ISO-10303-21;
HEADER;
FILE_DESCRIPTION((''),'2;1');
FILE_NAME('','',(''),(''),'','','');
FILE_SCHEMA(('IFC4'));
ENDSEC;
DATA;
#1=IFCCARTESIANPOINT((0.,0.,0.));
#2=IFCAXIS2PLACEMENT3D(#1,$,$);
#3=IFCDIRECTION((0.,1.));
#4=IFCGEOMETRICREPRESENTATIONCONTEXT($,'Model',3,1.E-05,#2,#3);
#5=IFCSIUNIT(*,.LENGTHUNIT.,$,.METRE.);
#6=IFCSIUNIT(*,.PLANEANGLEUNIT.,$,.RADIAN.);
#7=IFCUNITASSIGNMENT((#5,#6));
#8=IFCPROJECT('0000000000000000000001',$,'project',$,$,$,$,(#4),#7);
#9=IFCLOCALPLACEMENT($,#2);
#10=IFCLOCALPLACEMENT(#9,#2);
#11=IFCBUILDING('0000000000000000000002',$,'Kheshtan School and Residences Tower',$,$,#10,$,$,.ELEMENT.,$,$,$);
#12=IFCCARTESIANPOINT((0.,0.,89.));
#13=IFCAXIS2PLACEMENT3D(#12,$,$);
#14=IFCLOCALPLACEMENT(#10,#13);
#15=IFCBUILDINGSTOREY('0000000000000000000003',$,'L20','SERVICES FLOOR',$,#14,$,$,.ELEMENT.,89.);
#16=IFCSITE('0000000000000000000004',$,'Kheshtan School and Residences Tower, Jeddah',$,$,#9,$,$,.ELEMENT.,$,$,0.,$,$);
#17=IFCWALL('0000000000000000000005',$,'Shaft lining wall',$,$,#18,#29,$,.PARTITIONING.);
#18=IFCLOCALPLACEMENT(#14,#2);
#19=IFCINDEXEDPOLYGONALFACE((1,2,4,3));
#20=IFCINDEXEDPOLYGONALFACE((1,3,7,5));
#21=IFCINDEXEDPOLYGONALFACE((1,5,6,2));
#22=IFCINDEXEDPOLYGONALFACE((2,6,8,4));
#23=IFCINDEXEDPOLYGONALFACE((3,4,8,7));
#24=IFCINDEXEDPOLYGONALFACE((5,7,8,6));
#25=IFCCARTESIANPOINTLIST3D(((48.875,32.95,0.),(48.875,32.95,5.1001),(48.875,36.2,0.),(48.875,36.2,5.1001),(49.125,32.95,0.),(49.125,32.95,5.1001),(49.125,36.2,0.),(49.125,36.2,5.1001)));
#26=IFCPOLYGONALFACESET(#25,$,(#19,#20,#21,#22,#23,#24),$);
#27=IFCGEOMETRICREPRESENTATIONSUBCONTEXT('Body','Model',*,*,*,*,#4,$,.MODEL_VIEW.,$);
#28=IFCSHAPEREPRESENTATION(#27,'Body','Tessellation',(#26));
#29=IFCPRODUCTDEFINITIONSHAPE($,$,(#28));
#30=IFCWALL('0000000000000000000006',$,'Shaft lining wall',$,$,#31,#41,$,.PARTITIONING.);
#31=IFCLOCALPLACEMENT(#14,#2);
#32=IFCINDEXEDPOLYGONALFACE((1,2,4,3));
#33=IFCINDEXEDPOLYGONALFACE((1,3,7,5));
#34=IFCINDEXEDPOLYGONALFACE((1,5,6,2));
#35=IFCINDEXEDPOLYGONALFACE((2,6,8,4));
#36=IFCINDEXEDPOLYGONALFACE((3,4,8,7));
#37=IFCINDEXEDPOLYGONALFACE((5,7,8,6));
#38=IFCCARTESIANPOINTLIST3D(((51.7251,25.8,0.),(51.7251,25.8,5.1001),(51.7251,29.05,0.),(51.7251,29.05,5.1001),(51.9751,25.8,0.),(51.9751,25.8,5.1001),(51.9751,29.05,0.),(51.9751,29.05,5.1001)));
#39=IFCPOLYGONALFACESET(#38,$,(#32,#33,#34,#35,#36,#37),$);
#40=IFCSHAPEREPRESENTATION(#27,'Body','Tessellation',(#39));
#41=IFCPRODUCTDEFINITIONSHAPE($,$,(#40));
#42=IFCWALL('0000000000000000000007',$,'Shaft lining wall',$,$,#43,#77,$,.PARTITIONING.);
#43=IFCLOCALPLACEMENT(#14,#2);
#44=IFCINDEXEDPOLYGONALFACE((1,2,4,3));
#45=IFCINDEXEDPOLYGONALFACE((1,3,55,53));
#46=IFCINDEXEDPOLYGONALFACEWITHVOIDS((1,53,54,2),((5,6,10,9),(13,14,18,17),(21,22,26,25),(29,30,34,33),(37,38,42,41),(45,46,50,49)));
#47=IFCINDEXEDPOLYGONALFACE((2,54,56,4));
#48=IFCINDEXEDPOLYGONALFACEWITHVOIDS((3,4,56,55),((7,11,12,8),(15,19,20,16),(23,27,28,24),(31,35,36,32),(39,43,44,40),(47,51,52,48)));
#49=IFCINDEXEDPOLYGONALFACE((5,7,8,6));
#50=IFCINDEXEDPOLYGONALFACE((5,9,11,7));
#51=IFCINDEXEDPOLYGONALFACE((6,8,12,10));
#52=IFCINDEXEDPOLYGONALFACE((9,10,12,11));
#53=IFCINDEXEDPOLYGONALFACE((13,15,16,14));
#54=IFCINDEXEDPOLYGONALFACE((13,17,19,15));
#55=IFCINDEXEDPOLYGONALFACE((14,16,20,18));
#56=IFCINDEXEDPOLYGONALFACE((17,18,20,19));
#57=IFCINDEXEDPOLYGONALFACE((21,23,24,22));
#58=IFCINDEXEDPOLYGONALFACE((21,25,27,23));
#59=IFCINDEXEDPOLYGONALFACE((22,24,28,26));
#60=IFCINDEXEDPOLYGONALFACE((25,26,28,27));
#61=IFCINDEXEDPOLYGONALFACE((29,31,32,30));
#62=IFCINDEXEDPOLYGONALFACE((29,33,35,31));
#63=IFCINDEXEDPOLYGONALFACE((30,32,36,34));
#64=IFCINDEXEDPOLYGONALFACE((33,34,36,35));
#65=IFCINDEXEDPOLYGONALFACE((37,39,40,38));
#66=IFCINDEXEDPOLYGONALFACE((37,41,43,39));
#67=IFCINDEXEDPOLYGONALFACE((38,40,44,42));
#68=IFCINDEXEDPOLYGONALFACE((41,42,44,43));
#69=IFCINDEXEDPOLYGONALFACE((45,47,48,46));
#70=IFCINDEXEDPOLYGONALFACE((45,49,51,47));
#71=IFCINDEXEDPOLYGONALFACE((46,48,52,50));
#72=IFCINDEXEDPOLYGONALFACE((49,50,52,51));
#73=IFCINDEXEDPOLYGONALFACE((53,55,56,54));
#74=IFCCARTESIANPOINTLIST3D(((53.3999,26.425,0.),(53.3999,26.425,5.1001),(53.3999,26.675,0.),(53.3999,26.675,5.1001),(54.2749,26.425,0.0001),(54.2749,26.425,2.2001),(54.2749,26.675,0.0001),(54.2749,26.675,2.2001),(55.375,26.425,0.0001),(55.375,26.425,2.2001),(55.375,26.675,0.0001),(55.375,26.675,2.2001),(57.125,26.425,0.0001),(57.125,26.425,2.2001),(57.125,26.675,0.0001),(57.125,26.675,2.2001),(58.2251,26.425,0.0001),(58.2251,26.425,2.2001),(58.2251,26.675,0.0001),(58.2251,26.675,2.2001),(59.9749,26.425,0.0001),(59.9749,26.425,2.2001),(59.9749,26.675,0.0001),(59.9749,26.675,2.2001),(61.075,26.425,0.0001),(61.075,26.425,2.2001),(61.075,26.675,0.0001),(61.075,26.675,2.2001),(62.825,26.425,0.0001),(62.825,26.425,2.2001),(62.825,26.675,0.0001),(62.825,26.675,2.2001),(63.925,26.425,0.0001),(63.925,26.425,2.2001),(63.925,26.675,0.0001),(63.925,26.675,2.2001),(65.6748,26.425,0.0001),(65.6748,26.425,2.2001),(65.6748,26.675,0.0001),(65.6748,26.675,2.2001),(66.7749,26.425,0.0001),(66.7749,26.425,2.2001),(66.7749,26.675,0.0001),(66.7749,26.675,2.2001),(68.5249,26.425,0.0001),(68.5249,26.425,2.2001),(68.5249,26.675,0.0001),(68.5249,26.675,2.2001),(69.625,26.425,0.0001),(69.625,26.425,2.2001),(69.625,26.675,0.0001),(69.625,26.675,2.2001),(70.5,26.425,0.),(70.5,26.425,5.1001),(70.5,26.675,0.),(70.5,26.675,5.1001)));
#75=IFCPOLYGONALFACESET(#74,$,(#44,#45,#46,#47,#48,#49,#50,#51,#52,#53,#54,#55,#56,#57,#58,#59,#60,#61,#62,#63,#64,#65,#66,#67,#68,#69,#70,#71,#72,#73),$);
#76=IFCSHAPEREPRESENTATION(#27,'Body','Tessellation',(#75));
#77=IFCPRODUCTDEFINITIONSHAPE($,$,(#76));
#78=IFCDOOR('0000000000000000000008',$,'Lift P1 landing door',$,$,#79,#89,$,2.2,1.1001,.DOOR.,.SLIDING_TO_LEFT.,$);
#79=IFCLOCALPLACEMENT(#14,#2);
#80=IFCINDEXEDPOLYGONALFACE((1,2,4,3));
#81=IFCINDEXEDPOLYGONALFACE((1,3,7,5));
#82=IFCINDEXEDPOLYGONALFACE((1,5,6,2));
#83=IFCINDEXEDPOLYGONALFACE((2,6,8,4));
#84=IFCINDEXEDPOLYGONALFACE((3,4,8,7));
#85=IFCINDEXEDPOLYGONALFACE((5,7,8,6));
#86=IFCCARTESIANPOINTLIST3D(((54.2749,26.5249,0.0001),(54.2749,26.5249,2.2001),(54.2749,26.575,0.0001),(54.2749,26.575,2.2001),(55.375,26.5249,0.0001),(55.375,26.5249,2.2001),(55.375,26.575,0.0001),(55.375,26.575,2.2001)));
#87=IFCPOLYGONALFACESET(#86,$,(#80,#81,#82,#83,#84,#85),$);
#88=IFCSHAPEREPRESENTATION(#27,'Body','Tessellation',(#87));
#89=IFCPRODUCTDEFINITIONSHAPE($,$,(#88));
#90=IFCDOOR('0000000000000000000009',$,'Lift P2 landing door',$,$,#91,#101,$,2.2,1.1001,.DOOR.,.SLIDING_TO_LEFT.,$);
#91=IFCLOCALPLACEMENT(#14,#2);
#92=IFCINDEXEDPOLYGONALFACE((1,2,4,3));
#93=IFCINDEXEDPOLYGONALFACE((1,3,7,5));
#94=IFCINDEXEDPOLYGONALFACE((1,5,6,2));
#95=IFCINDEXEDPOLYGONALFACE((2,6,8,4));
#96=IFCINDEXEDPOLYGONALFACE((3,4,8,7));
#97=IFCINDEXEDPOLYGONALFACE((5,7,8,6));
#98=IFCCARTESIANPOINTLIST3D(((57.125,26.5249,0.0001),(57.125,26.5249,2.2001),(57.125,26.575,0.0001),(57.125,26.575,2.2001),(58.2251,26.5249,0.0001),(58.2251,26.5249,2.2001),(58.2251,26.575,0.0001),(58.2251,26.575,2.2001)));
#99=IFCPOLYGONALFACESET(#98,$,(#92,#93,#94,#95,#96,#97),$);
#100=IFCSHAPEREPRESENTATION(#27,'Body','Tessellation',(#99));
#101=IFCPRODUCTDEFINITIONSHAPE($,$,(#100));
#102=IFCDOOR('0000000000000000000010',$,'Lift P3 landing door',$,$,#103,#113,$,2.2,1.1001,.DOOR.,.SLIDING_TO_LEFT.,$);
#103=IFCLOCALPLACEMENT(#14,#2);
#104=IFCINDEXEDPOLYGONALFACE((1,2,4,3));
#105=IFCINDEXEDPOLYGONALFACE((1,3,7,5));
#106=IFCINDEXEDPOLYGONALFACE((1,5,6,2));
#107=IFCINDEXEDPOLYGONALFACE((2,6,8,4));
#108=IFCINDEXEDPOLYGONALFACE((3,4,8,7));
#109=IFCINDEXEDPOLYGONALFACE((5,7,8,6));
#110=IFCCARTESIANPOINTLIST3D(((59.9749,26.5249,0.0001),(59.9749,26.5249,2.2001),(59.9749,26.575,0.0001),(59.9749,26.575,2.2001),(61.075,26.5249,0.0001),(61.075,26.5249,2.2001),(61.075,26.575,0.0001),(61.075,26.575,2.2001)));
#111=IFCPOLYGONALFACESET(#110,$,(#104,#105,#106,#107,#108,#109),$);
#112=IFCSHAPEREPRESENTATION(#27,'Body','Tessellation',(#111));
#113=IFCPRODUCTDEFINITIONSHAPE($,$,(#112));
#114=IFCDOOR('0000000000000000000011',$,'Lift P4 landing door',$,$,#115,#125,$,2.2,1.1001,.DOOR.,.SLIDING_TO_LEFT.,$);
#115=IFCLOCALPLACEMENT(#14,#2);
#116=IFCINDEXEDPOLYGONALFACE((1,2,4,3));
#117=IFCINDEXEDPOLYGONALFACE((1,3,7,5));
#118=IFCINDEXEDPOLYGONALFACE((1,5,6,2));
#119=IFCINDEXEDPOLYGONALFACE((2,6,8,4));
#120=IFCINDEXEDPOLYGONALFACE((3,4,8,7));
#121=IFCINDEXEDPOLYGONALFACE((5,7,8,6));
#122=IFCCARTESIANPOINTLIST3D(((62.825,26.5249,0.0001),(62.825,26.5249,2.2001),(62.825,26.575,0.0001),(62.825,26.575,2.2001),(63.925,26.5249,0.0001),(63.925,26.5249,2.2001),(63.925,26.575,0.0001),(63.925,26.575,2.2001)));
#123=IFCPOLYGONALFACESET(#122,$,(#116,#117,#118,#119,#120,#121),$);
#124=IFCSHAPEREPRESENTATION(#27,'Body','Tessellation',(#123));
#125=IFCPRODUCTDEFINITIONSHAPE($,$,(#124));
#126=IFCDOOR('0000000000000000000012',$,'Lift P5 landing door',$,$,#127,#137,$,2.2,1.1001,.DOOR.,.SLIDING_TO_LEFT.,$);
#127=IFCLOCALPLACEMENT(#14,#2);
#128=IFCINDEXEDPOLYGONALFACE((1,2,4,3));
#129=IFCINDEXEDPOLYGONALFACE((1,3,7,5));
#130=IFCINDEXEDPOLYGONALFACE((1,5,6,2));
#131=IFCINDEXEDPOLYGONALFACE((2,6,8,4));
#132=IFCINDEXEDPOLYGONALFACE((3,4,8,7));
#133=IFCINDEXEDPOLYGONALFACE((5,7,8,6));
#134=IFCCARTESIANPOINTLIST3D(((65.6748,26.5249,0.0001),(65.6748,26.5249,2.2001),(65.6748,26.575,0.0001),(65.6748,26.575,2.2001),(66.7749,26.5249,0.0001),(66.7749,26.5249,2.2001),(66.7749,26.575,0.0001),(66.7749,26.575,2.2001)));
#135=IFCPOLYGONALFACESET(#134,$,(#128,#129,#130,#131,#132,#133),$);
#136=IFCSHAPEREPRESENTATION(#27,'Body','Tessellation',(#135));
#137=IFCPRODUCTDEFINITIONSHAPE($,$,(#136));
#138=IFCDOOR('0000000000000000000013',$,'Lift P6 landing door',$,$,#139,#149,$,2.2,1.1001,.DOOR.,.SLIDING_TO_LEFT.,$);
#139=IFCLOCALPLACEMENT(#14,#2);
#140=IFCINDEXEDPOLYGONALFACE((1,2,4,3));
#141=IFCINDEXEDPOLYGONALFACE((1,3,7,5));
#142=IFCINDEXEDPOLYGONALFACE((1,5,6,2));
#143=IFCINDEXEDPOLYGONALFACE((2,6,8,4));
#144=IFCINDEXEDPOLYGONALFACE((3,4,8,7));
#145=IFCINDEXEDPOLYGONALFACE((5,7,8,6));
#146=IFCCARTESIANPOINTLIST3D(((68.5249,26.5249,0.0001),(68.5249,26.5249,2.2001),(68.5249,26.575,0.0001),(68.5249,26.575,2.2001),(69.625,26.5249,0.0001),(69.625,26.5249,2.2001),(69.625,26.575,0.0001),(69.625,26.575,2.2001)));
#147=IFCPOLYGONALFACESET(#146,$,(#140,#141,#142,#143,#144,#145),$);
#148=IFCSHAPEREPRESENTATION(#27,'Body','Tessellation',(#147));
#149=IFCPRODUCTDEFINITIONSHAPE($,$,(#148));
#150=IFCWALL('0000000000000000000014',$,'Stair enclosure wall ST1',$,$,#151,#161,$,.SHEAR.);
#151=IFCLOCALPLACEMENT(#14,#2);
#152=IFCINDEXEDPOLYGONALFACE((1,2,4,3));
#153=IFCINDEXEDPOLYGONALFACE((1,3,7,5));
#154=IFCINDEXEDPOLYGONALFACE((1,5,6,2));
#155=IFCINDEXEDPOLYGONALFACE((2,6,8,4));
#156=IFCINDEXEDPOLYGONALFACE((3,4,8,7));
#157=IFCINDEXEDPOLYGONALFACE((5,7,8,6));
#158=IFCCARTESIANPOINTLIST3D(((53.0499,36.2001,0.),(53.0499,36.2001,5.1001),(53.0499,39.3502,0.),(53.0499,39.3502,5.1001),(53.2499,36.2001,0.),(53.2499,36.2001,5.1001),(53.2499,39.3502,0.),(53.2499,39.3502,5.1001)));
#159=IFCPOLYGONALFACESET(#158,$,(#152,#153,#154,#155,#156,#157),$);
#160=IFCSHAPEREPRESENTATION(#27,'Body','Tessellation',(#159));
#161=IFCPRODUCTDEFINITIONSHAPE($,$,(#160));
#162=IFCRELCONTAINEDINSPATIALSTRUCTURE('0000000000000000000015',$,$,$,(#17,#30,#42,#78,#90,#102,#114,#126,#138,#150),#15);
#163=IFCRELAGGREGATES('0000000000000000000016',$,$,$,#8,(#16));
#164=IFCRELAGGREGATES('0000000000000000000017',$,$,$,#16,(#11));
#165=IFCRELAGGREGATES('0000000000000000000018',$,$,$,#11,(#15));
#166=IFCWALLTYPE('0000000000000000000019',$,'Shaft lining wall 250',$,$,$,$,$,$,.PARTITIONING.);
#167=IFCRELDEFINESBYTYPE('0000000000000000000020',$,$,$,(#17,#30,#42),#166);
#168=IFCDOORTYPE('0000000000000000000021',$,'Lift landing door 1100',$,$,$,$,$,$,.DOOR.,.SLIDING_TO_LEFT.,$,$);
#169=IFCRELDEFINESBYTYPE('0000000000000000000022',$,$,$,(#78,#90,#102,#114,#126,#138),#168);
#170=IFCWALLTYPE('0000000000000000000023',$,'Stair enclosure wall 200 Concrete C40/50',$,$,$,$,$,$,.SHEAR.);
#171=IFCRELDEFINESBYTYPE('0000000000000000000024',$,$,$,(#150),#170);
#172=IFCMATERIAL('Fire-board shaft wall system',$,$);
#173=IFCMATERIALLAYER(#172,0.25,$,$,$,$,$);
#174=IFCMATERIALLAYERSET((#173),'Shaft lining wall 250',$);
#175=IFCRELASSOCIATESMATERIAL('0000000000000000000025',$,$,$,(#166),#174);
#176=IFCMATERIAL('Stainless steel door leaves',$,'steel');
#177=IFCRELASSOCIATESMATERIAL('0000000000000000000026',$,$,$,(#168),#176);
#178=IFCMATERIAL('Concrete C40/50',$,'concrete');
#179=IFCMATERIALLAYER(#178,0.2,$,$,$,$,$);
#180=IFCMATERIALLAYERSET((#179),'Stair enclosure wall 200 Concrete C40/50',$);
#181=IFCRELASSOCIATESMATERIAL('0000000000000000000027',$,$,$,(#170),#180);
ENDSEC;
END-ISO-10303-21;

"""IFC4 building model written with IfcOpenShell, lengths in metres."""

from ifc_helpers import new_model, si_unit, direction, frame, frame_2d, origin, place, context, subcontext, project, spatial, rectangle, extrude, source, transform, mapped, material, layer, layer_set, type_object, element, fill, save


model = new_model("IFC4")

# Units and contexts
model_context = context("Model", 3, precision=1e-05, world=origin(), true_north=direction((0.0, 1.0)))
body_context = subcontext(model_context, "Body", "Model", "MODEL_VIEW")
ifc_project = project(units=[si_unit("LENGTHUNIT", "METRE"), si_unit("PLANEANGLEUNIT", "RADIAN")], contexts=[model_context])

# Site, building, storey
site_placement = place(None, origin())
site = spatial("IfcSite", under=ifc_project, at=site_placement, Name="Kheshtan School and Residences Tower, Jeddah", CompositionType="ELEMENT", RefElevation=0.0)
building_placement = place(site_placement, origin())
building = spatial("IfcBuilding", under=site, at=building_placement, Name="Kheshtan School and Residences Tower", CompositionType="ELEMENT")
storey_placement = place(building_placement, frame((0.0, 0.0, 89.0)))
storey = spatial("IfcBuildingStorey", under=building, at=storey_placement, Name="L20", Description="SERVICES FLOOR", CompositionType="ELEMENT", Elevation=89.0)

# Walls
ifc_material_1 = material(Name="Fire-board shaft wall system")
ifc_layer_1 = layer(ifc_material_1, 0.25)
ifc_layer_set_1 = layer_set([ifc_layer_1], Name="Shaft lining wall 250")
wall_type_1 = type_object("IfcWallType", Name="Shaft lining wall 250", PredefinedType="PARTITIONING", material=ifc_layer_set_1)
for number, where, z_axis, x_axis, name in (
    (1, (49.0, 32.95, 0.0), (0.0, 0.0, 1.0), (0.0, 1.0, 0.0), "Shaft lining wall"),
    (2, (51.8501, 25.8, 0.0), (0.0, 0.0, 1.0), (0.0, 1.0, 0.0), "Shaft lining wall"),
):
    element("IfcWall", number, at=place(storey_placement, frame(where, z_axis=z_axis, x_axis=x_axis)), inside=storey, type_object=wall_type_1, Name=name, PredefinedType="PARTITIONING", context=body_context, shape_type="SweptSolid", body=[
        extrude(rectangle(XDim=3.25, YDim=0.25, at=frame_2d((1.625, 0.0))), origin(), (0.0, 0.0, 1.0), 5.1001),
    ])

# Wall, openings, doors
wall_1_placement = place(storey_placement, frame((53.3999, 26.55, 0.0), z_axis=(0.0, 0.0, 1.0), x_axis=(1.0, 0.0, 0.0)))
wall_1 = element("IfcWall", 3, at=wall_1_placement, inside=storey, type_object=wall_type_1, Name="Shaft lining wall", PredefinedType="PARTITIONING", context=body_context, shape_type="SweptSolid", body=[
    extrude(rectangle(XDim=17.1001, YDim=0.25, at=frame_2d((8.55, 0.0))), origin(), (0.0, 0.0, 1.0), 5.1001),
])
opening_1_placement = place(wall_1_placement, frame((0.875, 0.0, 0.0)))
opening_1 = element("IfcOpeningElement", 4, at=opening_1_placement, cuts=wall_1, PredefinedType="OPENING", context=body_context, shape_type="SweptSolid", body=[
    extrude(rectangle(XDim=1.1001, YDim=2.2, at=frame_2d((0.55, 1.1001))), frame((0.0, 0.135, 0.0), z_axis=(0.0, -1.0, 0.0), x_axis=(1.0, 0.0, 0.0)), (0.0, 0.0, 1.0), 0.27),
])
opening_2_placement = place(wall_1_placement, frame((3.7251, 0.0, 0.0)))
opening_2 = element("IfcOpeningElement", 5, at=opening_2_placement, cuts=wall_1, PredefinedType="OPENING", context=body_context, shape_type="SweptSolid", body=[
    extrude(rectangle(XDim=1.1001, YDim=2.2, at=frame_2d((0.55, 1.1001))), frame((0.0, 0.135, 0.0), z_axis=(0.0, -1.0, 0.0), x_axis=(1.0, 0.0, 0.0)), (0.0, 0.0, 1.0), 0.27),
])
opening_3_placement = place(wall_1_placement, frame((6.575, 0.0, 0.0)))
opening_3 = element("IfcOpeningElement", 6, at=opening_3_placement, cuts=wall_1, PredefinedType="OPENING", context=body_context, shape_type="SweptSolid", body=[
    extrude(rectangle(XDim=1.1001, YDim=2.2, at=frame_2d((0.55, 1.1001))), frame((0.0, 0.135, 0.0), z_axis=(0.0, -1.0, 0.0), x_axis=(1.0, 0.0, 0.0)), (0.0, 0.0, 1.0), 0.27),
])
opening_4_placement = place(wall_1_placement, frame((9.425, 0.0, 0.0)))
opening_4 = element("IfcOpeningElement", 7, at=opening_4_placement, cuts=wall_1, PredefinedType="OPENING", context=body_context, shape_type="SweptSolid", body=[
    extrude(rectangle(XDim=1.1001, YDim=2.2, at=frame_2d((0.55, 1.1001))), frame((0.0, 0.135, 0.0), z_axis=(0.0, -1.0, 0.0), x_axis=(1.0, 0.0, 0.0)), (0.0, 0.0, 1.0), 0.27),
])
opening_5_placement = place(wall_1_placement, frame((12.2749, 0.0, 0.0)))
opening_5 = element("IfcOpeningElement", 8, at=opening_5_placement, cuts=wall_1, PredefinedType="OPENING", context=body_context, shape_type="SweptSolid", body=[
    extrude(rectangle(XDim=1.1001, YDim=2.2, at=frame_2d((0.55, 1.1001))), frame((0.0, 0.135, 0.0), z_axis=(0.0, -1.0, 0.0), x_axis=(1.0, 0.0, 0.0)), (0.0, 0.0, 1.0), 0.27),
])
opening_6_placement = place(wall_1_placement, frame((15.125, 0.0, 0.0)))
opening_6 = element("IfcOpeningElement", 9, at=opening_6_placement, cuts=wall_1, PredefinedType="OPENING", context=body_context, shape_type="SweptSolid", body=[
    extrude(rectangle(XDim=1.1001, YDim=2.2, at=frame_2d((0.55, 1.1001))), frame((0.0, 0.135, 0.0), z_axis=(0.0, -1.0, 0.0), x_axis=(1.0, 0.0, 0.0)), (0.0, 0.0, 1.0), 0.27),
])
ifc_material_2 = material(Name="Stainless steel door leaves", Category="steel")
door_type_1 = type_object("IfcDoorType", Name="Lift landing door 1100", OperationType="SLIDING_TO_LEFT", PredefinedType="DOOR", material=ifc_material_2)
shared_shape_1 = source(origin(), body_context, "Body", "SweptSolid", [
    extrude(rectangle(XDim=1.1001, YDim=2.2, at=frame_2d((0.55, 1.1001))), frame((0.0, 0.0249, 0.0), z_axis=(0.0, -1.0, 0.0), x_axis=(1.0, 0.0, 0.0)), (0.0, 0.0, 1.0), 0.05),
])
door_1_placement = place(opening_1_placement, origin())
door_1 = element("IfcDoor", 10, at=door_1_placement, inside=storey, type_object=door_type_1, Name="Lift P1 landing door", OperationType="SLIDING_TO_LEFT", OverallHeight=2.2, OverallWidth=1.1001, PredefinedType="DOOR", context=body_context, shape_type="MappedRepresentation", body=[
    mapped(shared_shape_1, transform((0.0, 0.0, 0.0), x_axis=(1.0, 0.0, 0.0), y_axis=(0.0, 1.0, 0.0), z_axis=(0.0, 0.0, 1.0), scale=1.0)),
])
fill(opening_1, door_1)
door_2_placement = place(opening_2_placement, origin())
door_2 = element("IfcDoor", 11, at=door_2_placement, inside=storey, type_object=door_type_1, Name="Lift P2 landing door", OperationType="SLIDING_TO_LEFT", OverallHeight=2.2, OverallWidth=1.1001, PredefinedType="DOOR", context=body_context, shape_type="MappedRepresentation", body=[
    mapped(shared_shape_1, transform((0.0, 0.0, 0.0), x_axis=(1.0, 0.0, 0.0), y_axis=(0.0, 1.0, 0.0), z_axis=(0.0, 0.0, 1.0), scale=1.0)),
])
fill(opening_2, door_2)
door_3_placement = place(opening_3_placement, origin())
door_3 = element("IfcDoor", 12, at=door_3_placement, inside=storey, type_object=door_type_1, Name="Lift P3 landing door", OperationType="SLIDING_TO_LEFT", OverallHeight=2.2, OverallWidth=1.1001, PredefinedType="DOOR", context=body_context, shape_type="MappedRepresentation", body=[
    mapped(shared_shape_1, transform((0.0, 0.0, 0.0), x_axis=(1.0, 0.0, 0.0), y_axis=(0.0, 1.0, 0.0), z_axis=(0.0, 0.0, 1.0), scale=1.0)),
])
fill(opening_3, door_3)
door_4_placement = place(opening_4_placement, origin())
door_4 = element("IfcDoor", 13, at=door_4_placement, inside=storey, type_object=door_type_1, Name="Lift P4 landing door", OperationType="SLIDING_TO_LEFT", OverallHeight=2.2, OverallWidth=1.1001, PredefinedType="DOOR", context=body_context, shape_type="MappedRepresentation", body=[
    mapped(shared_shape_1, transform((0.0, 0.0, 0.0), x_axis=(1.0, 0.0, 0.0), y_axis=(0.0, 1.0, 0.0), z_axis=(0.0, 0.0, 1.0), scale=1.0)),
])
fill(opening_4, door_4)
door_5_placement = place(opening_5_placement, origin())
door_5 = element("IfcDoor", 14, at=door_5_placement, inside=storey, type_object=door_type_1, Name="Lift P5 landing door", OperationType="SLIDING_TO_LEFT", OverallHeight=2.2, OverallWidth=1.1001, PredefinedType="DOOR", context=body_context, shape_type="MappedRepresentation", body=[
    mapped(shared_shape_1, transform((0.0, 0.0, 0.0), x_axis=(1.0, 0.0, 0.0), y_axis=(0.0, 1.0, 0.0), z_axis=(0.0, 0.0, 1.0), scale=1.0)),
])
fill(opening_5, door_5)
door_6_placement = place(opening_6_placement, origin())
door_6 = element("IfcDoor", 15, at=door_6_placement, inside=storey, type_object=door_type_1, Name="Lift P6 landing door", OperationType="SLIDING_TO_LEFT", OverallHeight=2.2, OverallWidth=1.1001, PredefinedType="DOOR", context=body_context, shape_type="MappedRepresentation", body=[
    mapped(shared_shape_1, transform((0.0, 0.0, 0.0), x_axis=(1.0, 0.0, 0.0), y_axis=(0.0, 1.0, 0.0), z_axis=(0.0, 0.0, 1.0), scale=1.0)),
])
fill(opening_6, door_6)

# Wall
ifc_material_3 = material(Name="Concrete C40/50", Category="concrete")
ifc_layer_2 = layer(ifc_material_3, 0.2)
ifc_layer_set_2 = layer_set([ifc_layer_2], Name="Stair enclosure wall 200 Concrete C40/50")
wall_type_2 = type_object("IfcWallType", Name="Stair enclosure wall 200 Concrete C40/50", PredefinedType="SHEAR", material=ifc_layer_set_2)
wall_2_placement = place(storey_placement, frame((53.1499, 36.2, 0.0), z_axis=(0.0, 0.0, 1.0), x_axis=(0.0, 1.0, 0.0)))
element("IfcWall", 16, at=wall_2_placement, inside=storey, type_object=wall_type_2, Name="Stair enclosure wall ST1", PredefinedType="SHEAR", context=body_context, shape_type="SweptSolid", body=[
    extrude(rectangle(XDim=3.1501, YDim=0.2, at=frame_2d((1.5752, 0.0))), origin(), (0.0, 0.0, 1.0), 5.1001),
])

save(model, "model.ifc")
